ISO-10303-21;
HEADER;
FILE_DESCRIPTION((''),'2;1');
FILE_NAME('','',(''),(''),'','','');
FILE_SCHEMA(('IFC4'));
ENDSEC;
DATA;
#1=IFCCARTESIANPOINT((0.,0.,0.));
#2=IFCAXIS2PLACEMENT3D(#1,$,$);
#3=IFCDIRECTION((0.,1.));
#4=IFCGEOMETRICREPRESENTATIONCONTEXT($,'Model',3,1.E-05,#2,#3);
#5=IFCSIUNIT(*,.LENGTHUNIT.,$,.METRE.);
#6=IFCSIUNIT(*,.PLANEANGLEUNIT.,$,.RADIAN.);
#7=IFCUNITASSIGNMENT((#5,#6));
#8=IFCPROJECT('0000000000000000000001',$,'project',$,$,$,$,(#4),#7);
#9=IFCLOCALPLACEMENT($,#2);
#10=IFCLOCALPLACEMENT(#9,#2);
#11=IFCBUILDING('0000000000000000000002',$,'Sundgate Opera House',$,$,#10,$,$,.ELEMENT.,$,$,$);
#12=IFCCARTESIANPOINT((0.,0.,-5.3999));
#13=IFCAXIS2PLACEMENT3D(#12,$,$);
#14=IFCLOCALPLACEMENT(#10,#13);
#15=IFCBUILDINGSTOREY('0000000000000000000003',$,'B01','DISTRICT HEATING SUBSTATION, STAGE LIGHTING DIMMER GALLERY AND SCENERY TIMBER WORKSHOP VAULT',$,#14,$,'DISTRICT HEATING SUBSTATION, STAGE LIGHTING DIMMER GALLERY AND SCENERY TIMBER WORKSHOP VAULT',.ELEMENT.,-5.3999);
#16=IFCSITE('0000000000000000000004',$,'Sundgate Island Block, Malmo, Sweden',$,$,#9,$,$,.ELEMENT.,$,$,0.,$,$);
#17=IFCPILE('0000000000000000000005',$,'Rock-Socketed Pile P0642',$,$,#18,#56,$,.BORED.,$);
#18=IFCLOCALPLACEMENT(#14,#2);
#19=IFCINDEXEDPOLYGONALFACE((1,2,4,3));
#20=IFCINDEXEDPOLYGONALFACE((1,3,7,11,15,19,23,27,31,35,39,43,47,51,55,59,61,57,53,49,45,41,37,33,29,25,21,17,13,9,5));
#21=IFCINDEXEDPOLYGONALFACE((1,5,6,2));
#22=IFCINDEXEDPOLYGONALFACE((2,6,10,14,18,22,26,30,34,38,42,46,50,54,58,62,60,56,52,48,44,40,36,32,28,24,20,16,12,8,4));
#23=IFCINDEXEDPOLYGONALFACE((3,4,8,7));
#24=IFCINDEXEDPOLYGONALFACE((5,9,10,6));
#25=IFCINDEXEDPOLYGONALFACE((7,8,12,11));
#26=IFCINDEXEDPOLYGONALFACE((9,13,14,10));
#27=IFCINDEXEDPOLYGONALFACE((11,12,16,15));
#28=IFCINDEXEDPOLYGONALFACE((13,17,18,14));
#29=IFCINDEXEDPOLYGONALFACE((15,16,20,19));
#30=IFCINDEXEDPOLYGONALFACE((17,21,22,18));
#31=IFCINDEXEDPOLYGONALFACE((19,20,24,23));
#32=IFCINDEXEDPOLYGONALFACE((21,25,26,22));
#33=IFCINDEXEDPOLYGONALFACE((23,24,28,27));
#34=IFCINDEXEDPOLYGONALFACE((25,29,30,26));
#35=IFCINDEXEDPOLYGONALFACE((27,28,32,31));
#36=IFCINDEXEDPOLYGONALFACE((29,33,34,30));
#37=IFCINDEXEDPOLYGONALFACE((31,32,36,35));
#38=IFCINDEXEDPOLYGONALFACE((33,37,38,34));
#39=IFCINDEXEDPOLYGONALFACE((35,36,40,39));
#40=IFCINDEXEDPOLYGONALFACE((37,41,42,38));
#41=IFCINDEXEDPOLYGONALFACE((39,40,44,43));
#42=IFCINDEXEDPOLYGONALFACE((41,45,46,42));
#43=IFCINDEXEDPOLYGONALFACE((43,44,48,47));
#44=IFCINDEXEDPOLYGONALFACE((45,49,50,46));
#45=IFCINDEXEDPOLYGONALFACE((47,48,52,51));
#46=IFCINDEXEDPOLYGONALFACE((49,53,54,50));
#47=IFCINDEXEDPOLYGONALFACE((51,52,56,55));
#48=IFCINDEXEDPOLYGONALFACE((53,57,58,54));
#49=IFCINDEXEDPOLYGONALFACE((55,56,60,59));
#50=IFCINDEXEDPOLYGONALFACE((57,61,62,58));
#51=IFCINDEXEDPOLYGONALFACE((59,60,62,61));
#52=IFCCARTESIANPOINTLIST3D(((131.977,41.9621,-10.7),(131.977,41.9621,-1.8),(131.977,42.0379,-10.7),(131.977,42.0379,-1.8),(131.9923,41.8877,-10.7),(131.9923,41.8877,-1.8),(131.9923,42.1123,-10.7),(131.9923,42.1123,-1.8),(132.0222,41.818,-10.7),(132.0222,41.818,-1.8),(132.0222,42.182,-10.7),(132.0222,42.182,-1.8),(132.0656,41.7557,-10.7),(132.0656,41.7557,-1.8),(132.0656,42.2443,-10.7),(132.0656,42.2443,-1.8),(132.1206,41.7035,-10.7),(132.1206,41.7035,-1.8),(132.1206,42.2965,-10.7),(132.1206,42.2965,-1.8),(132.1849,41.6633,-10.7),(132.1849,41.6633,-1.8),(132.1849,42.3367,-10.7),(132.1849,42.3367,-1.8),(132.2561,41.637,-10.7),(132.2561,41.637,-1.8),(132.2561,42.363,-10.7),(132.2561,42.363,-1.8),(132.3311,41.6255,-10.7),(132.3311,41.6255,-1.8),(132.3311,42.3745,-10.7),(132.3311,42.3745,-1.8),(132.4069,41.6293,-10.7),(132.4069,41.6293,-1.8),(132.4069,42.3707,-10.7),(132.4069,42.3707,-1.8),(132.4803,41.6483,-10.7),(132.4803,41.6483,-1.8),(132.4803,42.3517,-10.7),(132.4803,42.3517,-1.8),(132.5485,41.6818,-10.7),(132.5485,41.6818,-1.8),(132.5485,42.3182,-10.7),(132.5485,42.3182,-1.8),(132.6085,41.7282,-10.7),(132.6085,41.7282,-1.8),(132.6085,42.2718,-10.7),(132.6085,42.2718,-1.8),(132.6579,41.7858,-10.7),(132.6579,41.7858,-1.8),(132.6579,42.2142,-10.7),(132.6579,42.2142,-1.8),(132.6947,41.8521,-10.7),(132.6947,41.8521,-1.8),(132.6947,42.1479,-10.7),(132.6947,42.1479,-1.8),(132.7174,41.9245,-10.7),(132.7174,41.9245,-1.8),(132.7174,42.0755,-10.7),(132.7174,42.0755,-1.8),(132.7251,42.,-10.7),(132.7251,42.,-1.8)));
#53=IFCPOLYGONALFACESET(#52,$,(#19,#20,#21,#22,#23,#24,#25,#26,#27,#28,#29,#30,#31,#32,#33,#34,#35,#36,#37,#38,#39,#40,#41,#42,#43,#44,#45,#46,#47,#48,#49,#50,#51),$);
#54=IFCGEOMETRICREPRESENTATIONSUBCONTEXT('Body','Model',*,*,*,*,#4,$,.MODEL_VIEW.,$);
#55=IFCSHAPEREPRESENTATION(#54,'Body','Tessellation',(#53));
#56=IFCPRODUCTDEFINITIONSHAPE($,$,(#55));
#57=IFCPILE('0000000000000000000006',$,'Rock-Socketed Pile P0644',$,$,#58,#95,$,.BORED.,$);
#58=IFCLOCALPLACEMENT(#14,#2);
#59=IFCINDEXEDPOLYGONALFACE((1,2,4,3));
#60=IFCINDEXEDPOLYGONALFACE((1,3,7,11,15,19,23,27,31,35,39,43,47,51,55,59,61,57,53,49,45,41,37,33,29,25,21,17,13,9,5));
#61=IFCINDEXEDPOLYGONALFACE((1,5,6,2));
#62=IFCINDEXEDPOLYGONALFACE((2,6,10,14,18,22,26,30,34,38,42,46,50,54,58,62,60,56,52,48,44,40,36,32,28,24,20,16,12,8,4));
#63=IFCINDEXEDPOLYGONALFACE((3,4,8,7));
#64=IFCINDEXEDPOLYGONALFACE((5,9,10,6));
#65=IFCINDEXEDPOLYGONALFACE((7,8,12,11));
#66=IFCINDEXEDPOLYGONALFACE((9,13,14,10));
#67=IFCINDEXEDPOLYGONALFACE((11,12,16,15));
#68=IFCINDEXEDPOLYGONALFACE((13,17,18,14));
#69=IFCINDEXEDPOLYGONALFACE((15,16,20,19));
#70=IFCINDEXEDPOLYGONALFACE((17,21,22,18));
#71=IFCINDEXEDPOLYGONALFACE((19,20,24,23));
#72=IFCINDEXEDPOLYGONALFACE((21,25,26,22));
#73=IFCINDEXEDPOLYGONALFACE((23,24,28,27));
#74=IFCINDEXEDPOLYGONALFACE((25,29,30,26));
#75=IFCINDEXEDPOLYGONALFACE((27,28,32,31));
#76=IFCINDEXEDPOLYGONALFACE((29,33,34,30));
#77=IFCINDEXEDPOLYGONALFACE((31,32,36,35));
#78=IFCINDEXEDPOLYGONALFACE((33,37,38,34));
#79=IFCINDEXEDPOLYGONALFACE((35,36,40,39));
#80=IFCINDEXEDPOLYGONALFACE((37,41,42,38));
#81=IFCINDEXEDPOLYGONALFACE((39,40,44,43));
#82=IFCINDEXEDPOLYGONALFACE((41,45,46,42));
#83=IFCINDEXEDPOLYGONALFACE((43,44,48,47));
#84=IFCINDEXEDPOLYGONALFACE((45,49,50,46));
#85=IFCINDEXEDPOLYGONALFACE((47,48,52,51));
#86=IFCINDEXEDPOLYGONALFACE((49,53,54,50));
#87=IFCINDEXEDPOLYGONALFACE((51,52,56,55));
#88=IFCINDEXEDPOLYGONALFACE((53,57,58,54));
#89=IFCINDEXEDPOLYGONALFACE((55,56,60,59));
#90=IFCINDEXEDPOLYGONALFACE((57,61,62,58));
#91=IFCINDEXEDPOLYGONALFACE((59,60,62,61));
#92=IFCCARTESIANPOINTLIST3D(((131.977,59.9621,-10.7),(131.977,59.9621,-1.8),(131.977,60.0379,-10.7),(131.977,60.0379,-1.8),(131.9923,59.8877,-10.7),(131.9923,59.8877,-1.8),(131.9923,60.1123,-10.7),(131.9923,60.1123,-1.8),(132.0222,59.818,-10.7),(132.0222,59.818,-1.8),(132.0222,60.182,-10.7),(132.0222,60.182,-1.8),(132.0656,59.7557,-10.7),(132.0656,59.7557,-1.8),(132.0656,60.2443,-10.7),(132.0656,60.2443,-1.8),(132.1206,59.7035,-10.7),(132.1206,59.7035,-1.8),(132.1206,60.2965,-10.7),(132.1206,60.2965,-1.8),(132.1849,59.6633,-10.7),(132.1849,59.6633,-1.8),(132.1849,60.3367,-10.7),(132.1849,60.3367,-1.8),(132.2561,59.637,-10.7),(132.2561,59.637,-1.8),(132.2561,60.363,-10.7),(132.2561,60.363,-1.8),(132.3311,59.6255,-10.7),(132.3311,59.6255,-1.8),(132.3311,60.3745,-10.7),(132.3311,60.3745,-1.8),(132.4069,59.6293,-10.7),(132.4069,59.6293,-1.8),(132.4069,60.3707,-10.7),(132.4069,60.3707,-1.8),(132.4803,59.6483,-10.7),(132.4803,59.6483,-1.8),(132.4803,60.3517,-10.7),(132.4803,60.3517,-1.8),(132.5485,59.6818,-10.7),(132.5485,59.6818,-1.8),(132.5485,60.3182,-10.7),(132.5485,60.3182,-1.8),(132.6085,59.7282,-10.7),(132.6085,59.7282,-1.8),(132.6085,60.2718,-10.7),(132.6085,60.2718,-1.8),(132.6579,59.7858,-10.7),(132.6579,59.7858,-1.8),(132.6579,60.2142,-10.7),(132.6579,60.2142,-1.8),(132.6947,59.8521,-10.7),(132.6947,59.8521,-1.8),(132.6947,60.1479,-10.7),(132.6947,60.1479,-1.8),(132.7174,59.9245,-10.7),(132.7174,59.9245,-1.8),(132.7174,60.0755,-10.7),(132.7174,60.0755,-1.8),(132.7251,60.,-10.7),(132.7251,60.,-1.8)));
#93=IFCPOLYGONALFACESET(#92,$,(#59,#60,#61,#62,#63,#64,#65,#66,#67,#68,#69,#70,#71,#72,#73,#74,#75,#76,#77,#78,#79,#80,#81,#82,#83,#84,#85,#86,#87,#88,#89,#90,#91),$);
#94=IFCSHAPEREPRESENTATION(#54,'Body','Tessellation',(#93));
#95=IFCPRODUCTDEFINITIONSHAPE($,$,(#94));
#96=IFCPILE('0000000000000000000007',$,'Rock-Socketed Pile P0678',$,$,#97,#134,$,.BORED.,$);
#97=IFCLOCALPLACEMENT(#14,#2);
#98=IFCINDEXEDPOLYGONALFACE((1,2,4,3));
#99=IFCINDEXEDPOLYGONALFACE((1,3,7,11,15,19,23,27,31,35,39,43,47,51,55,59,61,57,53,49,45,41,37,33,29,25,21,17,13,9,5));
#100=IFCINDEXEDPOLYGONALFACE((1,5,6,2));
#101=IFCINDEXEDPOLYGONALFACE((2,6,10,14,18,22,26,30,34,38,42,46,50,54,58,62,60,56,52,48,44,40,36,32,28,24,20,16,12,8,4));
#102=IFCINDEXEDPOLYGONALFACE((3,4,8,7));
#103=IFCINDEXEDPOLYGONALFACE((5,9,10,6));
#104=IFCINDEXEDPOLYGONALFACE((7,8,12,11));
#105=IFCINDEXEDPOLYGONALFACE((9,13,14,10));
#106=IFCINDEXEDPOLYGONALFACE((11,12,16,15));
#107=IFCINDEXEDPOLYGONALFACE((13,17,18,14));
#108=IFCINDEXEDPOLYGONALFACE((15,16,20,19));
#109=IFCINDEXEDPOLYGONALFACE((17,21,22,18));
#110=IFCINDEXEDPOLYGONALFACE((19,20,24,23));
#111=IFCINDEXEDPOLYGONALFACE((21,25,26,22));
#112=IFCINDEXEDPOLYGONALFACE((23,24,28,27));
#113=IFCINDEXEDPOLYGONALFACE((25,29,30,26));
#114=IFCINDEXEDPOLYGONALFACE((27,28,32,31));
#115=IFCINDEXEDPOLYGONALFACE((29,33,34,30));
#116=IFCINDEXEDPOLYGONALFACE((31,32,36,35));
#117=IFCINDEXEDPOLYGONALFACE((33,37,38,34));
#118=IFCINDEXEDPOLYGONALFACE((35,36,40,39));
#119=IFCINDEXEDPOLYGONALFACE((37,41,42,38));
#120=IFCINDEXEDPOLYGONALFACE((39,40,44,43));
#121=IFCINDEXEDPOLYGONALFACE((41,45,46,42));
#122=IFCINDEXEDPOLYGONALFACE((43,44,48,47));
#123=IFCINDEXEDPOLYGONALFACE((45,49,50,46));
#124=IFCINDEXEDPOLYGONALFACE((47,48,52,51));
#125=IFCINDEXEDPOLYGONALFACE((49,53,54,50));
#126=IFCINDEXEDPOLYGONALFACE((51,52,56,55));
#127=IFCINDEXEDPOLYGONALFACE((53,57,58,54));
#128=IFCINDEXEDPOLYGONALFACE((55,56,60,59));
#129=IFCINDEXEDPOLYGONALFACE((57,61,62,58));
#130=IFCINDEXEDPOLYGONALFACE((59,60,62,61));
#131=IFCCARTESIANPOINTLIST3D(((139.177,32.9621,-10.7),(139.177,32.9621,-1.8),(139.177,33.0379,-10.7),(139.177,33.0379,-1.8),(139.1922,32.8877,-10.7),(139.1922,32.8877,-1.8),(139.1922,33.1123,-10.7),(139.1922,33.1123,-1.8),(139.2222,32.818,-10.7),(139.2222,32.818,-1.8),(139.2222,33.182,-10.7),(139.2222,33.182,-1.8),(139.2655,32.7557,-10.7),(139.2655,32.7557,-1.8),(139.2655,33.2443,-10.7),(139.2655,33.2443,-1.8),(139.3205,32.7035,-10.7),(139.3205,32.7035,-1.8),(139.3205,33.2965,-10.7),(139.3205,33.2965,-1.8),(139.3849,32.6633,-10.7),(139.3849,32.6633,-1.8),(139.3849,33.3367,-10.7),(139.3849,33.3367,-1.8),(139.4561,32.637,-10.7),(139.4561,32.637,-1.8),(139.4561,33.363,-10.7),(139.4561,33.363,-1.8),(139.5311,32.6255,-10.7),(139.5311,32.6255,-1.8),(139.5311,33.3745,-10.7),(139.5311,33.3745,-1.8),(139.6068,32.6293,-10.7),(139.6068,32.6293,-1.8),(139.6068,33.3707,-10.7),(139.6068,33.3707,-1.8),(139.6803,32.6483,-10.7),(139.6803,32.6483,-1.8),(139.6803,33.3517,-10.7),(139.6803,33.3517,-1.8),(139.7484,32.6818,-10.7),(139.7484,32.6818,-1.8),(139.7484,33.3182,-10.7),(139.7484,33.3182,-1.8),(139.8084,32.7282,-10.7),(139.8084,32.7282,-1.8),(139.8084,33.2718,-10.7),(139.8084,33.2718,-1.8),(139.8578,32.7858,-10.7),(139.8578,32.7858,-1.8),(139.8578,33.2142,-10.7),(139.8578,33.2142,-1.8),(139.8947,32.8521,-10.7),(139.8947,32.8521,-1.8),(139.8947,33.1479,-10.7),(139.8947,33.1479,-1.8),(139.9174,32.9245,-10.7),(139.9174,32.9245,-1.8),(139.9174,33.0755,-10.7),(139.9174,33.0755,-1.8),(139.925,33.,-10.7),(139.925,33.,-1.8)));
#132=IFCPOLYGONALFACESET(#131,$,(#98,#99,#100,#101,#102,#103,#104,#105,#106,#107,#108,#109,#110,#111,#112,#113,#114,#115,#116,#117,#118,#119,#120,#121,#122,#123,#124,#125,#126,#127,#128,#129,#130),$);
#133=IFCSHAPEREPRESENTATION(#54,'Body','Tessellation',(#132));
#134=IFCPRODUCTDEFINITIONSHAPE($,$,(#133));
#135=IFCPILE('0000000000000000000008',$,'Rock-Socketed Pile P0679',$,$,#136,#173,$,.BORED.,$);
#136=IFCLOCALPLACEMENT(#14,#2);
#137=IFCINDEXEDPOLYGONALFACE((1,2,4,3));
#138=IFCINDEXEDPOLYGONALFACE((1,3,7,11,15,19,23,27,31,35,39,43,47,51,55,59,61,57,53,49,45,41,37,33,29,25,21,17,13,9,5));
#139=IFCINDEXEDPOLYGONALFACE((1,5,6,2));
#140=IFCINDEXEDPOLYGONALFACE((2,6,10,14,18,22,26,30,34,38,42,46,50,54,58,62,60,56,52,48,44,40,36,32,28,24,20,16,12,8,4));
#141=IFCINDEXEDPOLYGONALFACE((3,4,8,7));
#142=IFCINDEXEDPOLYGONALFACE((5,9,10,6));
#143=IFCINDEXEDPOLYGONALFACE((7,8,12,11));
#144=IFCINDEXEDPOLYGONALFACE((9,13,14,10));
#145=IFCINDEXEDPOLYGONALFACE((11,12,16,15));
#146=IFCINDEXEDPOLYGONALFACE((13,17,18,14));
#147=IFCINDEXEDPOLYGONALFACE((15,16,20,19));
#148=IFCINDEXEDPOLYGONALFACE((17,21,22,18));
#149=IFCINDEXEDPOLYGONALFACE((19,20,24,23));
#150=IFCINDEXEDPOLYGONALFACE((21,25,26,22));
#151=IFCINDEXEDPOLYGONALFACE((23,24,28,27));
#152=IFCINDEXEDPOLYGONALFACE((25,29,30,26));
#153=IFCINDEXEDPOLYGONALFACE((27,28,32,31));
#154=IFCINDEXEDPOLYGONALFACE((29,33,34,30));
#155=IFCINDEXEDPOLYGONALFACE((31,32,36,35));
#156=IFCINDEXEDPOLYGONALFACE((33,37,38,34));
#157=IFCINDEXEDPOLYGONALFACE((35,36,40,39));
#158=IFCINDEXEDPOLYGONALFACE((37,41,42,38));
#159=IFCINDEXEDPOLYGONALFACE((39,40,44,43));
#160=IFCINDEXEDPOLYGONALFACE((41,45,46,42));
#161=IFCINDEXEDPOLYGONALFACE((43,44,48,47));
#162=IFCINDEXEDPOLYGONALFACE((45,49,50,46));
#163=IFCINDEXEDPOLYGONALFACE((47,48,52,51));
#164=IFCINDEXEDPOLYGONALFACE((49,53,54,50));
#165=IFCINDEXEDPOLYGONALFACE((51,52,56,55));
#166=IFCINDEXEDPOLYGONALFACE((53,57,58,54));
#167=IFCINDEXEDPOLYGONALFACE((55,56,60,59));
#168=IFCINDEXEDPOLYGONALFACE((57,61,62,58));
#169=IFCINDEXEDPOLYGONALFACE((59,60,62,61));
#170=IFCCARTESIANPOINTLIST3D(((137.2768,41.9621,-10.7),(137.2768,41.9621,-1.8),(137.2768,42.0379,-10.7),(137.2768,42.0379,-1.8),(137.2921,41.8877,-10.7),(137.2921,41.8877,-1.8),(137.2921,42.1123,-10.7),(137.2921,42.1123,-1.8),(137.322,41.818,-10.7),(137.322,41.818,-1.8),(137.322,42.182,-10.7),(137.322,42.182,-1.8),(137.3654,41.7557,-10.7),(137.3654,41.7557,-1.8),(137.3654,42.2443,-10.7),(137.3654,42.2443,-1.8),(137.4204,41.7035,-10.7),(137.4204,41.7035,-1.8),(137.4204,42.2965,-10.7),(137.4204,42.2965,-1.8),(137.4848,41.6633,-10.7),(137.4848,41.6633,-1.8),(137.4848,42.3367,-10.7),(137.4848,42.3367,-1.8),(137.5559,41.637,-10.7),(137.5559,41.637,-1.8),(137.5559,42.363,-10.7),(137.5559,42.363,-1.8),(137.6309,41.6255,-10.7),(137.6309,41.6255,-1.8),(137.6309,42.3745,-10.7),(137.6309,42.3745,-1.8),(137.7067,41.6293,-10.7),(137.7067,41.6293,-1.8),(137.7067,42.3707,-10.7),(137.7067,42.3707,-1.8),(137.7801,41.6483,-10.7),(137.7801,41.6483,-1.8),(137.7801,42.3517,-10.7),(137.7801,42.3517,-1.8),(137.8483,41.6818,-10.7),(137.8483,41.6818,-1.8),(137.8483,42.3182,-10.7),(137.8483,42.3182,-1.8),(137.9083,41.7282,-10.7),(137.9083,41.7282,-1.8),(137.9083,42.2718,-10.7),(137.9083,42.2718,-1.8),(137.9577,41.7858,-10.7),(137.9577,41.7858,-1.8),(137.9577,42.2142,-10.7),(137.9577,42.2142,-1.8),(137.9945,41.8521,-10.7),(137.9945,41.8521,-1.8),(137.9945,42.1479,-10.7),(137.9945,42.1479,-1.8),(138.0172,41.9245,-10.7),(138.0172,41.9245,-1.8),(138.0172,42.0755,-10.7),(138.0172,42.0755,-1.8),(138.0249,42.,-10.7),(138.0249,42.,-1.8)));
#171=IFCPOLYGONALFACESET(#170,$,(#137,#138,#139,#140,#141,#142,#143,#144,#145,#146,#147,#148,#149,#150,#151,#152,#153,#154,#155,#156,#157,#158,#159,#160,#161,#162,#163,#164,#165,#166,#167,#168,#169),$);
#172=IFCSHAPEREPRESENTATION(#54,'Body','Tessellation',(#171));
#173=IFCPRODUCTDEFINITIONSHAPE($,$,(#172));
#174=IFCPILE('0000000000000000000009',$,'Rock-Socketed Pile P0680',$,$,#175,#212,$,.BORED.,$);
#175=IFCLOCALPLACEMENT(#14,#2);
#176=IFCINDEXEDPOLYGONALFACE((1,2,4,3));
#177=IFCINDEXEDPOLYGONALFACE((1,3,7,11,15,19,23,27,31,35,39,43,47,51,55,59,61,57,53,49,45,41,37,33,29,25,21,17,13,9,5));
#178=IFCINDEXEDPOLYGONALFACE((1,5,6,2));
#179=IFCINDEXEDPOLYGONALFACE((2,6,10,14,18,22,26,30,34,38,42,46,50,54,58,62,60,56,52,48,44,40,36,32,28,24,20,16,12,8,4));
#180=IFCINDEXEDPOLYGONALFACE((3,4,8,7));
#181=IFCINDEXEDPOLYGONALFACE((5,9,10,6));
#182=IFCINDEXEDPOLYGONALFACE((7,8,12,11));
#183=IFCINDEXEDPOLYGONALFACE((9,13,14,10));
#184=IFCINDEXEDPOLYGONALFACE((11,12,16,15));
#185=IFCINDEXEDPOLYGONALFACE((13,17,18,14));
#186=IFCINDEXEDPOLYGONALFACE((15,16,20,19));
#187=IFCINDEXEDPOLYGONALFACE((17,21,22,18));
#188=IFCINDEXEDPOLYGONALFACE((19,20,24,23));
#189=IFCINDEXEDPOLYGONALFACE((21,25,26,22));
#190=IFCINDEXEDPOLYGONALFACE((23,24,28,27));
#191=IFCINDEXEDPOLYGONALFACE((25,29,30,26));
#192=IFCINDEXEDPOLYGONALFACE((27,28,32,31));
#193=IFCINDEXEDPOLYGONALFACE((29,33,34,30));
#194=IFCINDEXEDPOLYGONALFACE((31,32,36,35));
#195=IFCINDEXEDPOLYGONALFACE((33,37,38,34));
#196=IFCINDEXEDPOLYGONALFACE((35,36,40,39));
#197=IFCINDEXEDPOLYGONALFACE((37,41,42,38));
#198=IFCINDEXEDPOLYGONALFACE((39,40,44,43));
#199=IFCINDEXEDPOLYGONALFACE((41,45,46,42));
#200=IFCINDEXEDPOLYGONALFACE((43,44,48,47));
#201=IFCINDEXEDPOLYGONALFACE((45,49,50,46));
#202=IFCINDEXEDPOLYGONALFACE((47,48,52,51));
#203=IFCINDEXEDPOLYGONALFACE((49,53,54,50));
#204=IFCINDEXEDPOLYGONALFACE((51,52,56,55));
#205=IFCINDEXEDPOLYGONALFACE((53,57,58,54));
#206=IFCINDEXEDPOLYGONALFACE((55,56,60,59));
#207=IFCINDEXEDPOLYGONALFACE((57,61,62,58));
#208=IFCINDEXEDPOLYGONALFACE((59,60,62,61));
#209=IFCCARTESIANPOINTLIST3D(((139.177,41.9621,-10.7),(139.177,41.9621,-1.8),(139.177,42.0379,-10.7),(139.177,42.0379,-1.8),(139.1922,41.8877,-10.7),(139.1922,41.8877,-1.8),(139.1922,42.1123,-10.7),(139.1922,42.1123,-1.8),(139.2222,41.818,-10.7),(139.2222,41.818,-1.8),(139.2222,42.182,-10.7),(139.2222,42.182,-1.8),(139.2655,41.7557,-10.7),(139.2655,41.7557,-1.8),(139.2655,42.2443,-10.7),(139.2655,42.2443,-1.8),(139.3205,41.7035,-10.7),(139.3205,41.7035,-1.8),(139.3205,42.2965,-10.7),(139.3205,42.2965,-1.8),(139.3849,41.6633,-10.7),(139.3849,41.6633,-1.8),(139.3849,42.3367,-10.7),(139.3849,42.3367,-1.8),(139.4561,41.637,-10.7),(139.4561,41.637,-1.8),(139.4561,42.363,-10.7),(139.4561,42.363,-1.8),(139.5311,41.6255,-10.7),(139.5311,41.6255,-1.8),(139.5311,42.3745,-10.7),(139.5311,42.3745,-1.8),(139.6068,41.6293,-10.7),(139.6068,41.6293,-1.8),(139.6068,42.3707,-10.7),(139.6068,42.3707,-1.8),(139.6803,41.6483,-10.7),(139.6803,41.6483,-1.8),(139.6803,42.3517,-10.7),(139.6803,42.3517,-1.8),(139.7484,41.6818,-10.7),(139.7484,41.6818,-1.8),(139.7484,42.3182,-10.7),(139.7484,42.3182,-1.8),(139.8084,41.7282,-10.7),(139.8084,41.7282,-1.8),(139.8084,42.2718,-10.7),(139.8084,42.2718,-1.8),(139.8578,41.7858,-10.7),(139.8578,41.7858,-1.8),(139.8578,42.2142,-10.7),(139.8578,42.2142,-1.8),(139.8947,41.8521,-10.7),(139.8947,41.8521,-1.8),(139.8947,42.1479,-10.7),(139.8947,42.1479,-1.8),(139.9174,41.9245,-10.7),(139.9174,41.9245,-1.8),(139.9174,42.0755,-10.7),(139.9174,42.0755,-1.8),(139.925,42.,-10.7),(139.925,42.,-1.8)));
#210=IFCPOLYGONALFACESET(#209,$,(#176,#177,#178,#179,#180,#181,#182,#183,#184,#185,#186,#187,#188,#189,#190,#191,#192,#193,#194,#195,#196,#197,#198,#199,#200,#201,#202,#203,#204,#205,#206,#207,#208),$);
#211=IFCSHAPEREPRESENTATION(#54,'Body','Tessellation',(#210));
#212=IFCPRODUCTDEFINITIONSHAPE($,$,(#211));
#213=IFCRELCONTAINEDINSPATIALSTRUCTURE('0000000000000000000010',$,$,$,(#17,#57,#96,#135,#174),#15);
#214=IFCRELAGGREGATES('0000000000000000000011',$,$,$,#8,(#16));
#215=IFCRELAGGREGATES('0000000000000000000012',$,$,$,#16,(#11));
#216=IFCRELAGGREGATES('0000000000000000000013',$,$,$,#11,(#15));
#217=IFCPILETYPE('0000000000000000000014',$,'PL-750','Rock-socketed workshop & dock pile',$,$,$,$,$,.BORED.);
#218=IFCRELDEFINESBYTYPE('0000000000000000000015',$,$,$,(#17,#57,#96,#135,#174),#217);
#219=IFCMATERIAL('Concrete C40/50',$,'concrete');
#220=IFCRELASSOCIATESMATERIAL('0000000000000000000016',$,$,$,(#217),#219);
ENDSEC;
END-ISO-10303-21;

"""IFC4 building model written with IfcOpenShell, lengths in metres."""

from ifc_helpers import new_model, si_unit, direction, frame, origin, origin_2d, place, context, subcontext, project, spatial, circle, extrude, material, material_profile, profile_set, type_object, element, save


model = new_model("IFC4")

# Units and contexts
model_context = context("Model", 3, precision=1e-05, world=origin(), true_north=direction((0.0, 1.0)))
body_context = subcontext(model_context, "Body", "Model", "MODEL_VIEW")
ifc_project = project(units=[si_unit("LENGTHUNIT", "METRE"), si_unit("PLANEANGLEUNIT", "RADIAN")], contexts=[model_context])

# Site, building, storey
site_placement = place(None, origin())
site = spatial("IfcSite", under=ifc_project, at=site_placement, Name="Sundgate Island Block, Malmo, Sweden", CompositionType="ELEMENT", RefElevation=0.0)
building_placement = place(site_placement, origin())
building = spatial("IfcBuilding", under=site, at=building_placement, Name="Sundgate Opera House", CompositionType="ELEMENT")
storey_placement = place(building_placement, frame((0.0, 0.0, -5.3999)))
storey = spatial("IfcBuildingStorey", under=building, at=storey_placement, Name="B01", Description="DISTRICT HEATING SUBSTATION, STAGE LIGHTING DIMMER GALLERY AND SCENERY TIMBER WORKSHOP VAULT", LongName="DISTRICT HEATING SUBSTATION, STAGE LIGHTING DIMMER GALLERY AND SCENERY TIMBER WORKSHOP VAULT", CompositionType="ELEMENT", Elevation=-5.3999)

# Piles
ifc_material_1 = material(Name="Concrete C40/50", Category="concrete")
ifc_material_profile_1 = material_profile(ifc_material_1, circle(Radius=0.375, at=origin_2d()), Name="PILE D750")
ifc_profile_set_1 = profile_set([ifc_material_profile_1], Name="Concrete C40/50")
pile_type = type_object("IfcPileType", Name="PL-750", Description="Rock-socketed workshop & dock pile", PredefinedType="BORED", material=ifc_profile_set_1)
for number, where, z_axis, x_axis, name in (
    (1, (132.3501, 42.0, -1.8), (0.0, 0.0, -1.0), (1.0, 0.0, 0.0), "Rock-Socketed Pile P0642"),
    (2, (132.3501, 60.0, -1.8), (0.0, 0.0, -1.0), (1.0, 0.0, 0.0), "Rock-Socketed Pile P0644"),
    (3, (139.55, 33.0, -1.8), (0.0, 0.0, -1.0), (1.0, 0.0, 0.0), "Rock-Socketed Pile P0678"),
    (4, (137.6499, 42.0, -1.8), (0.0, 0.0, -1.0), (1.0, 0.0, 0.0), "Rock-Socketed Pile P0679"),
    (5, (139.55, 42.0, -1.8), (0.0, 0.0, -1.0), (1.0, 0.0, 0.0), "Rock-Socketed Pile P0680"),
):
    element("IfcPile", number, at=place(storey_placement, frame(where, z_axis=z_axis, x_axis=x_axis)), inside=storey, type_object=pile_type, Name=name, PredefinedType="BORED", context=body_context, shape_type="SweptSolid", body=[
        extrude(circle(Radius=0.375, at=origin_2d()), origin(), (0.0, 0.0, 1.0), 8.8999),
    ])

save(model, "model.ifc")
